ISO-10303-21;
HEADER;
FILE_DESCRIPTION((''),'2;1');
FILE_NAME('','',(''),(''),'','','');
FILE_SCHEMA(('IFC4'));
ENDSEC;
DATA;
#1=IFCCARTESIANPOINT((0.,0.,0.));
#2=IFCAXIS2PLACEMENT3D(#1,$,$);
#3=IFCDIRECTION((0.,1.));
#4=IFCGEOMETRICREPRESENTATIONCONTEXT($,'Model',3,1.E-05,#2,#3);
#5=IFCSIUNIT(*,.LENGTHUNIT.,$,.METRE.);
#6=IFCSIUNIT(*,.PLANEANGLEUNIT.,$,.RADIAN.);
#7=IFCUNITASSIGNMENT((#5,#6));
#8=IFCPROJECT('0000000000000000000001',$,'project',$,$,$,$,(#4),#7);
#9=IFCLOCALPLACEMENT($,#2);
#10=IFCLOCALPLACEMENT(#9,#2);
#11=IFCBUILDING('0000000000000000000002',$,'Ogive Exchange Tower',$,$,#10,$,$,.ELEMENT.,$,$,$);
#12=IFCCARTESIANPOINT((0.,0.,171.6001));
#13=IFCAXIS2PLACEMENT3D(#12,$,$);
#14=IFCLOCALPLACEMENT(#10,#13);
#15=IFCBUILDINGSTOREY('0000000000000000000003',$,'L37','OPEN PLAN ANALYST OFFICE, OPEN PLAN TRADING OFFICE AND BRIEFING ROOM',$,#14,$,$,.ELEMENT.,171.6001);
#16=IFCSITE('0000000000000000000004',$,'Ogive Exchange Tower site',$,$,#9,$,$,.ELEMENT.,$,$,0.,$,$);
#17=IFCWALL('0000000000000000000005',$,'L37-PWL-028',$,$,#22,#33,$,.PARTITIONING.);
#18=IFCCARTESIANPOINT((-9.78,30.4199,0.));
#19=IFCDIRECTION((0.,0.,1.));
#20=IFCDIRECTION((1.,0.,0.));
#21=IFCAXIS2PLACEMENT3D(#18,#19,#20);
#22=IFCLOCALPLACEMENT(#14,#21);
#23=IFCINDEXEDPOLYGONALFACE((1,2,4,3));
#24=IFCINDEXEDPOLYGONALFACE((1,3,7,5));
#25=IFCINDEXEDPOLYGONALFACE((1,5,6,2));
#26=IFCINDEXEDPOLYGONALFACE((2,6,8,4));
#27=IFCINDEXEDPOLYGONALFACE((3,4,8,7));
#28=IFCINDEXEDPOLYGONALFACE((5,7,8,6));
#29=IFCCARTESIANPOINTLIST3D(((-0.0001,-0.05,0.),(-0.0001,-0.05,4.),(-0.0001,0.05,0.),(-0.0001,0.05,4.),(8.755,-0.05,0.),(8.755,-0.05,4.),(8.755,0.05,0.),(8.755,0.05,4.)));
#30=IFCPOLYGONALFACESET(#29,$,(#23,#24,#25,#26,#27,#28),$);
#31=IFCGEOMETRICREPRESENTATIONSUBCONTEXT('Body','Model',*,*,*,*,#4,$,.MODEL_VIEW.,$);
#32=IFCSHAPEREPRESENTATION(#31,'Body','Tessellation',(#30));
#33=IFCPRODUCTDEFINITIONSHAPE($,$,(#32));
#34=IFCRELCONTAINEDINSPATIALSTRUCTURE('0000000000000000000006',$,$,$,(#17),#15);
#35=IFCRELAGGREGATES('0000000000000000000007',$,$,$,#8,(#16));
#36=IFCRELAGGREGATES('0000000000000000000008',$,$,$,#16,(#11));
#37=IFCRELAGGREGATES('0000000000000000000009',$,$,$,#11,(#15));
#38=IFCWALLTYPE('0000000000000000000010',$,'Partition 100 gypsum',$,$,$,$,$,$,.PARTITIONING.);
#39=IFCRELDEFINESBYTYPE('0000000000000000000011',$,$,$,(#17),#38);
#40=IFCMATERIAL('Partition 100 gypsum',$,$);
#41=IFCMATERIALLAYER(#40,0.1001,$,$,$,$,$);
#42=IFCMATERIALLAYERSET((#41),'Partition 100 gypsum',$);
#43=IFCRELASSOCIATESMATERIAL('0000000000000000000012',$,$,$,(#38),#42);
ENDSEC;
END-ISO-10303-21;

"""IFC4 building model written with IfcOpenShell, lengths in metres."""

from ifc_helpers import new_model, si_unit, direction, frame, frame_2d, origin, place, context, subcontext, project, spatial, rectangle, extrude, material, layer, layer_set, type_object, element, save


model = new_model("IFC4")

# Units and contexts
model_context = context("Model", 3, precision=1e-05, world=origin(), true_north=direction((0.0, 1.0)))
body_context = subcontext(model_context, "Body", "Model", "MODEL_VIEW")
ifc_project = project(units=[si_unit("LENGTHUNIT", "METRE"), si_unit("PLANEANGLEUNIT", "RADIAN")], contexts=[model_context])

# Site, building, storey
site_placement = place(None, origin())
site = spatial("IfcSite", under=ifc_project, at=site_placement, Name="Ogive Exchange Tower site", CompositionType="ELEMENT", RefElevation=0.0)
building_placement = place(site_placement, origin())
building = spatial("IfcBuilding", under=site, at=building_placement, Name="Ogive Exchange Tower", CompositionType="ELEMENT")
storey_placement = place(building_placement, frame((0.0, 0.0, 171.6001)))
storey = spatial("IfcBuildingStorey", under=building, at=storey_placement, Name="L37", Description="OPEN PLAN ANALYST OFFICE, OPEN PLAN TRADING OFFICE AND BRIEFING ROOM", CompositionType="ELEMENT", Elevation=171.6001)

# Shared definitions
ifc_material_1 = material(Name="Partition 100 gypsum")
ifc_layer_1 = layer(ifc_material_1, 0.1001)
ifc_layer_set_1 = layer_set([ifc_layer_1], Name="Partition 100 gypsum")
wall_type_1 = type_object("IfcWallType", Name="Partition 100 gypsum", PredefinedType="PARTITIONING", material=ifc_layer_set_1)

# Wall
wall_1_placement = place(storey_placement, frame((-9.78, 30.4199, 0.0), z_axis=(0.0, 0.0, 1.0), x_axis=(1.0, 0.0, 0.0)))
element("IfcWall", 1, at=wall_1_placement, inside=storey, type_object=wall_type_1, Name="L37-PWL-028", PredefinedType="PARTITIONING", context=body_context, shape_type="SweptSolid", body=[
    extrude(rectangle(XDim=8.7551, YDim=0.1001, at=frame_2d((4.3774, 0.0))), origin(), (0.0, 0.0, 1.0), 4.0),
])

save(model, "model.ifc")
